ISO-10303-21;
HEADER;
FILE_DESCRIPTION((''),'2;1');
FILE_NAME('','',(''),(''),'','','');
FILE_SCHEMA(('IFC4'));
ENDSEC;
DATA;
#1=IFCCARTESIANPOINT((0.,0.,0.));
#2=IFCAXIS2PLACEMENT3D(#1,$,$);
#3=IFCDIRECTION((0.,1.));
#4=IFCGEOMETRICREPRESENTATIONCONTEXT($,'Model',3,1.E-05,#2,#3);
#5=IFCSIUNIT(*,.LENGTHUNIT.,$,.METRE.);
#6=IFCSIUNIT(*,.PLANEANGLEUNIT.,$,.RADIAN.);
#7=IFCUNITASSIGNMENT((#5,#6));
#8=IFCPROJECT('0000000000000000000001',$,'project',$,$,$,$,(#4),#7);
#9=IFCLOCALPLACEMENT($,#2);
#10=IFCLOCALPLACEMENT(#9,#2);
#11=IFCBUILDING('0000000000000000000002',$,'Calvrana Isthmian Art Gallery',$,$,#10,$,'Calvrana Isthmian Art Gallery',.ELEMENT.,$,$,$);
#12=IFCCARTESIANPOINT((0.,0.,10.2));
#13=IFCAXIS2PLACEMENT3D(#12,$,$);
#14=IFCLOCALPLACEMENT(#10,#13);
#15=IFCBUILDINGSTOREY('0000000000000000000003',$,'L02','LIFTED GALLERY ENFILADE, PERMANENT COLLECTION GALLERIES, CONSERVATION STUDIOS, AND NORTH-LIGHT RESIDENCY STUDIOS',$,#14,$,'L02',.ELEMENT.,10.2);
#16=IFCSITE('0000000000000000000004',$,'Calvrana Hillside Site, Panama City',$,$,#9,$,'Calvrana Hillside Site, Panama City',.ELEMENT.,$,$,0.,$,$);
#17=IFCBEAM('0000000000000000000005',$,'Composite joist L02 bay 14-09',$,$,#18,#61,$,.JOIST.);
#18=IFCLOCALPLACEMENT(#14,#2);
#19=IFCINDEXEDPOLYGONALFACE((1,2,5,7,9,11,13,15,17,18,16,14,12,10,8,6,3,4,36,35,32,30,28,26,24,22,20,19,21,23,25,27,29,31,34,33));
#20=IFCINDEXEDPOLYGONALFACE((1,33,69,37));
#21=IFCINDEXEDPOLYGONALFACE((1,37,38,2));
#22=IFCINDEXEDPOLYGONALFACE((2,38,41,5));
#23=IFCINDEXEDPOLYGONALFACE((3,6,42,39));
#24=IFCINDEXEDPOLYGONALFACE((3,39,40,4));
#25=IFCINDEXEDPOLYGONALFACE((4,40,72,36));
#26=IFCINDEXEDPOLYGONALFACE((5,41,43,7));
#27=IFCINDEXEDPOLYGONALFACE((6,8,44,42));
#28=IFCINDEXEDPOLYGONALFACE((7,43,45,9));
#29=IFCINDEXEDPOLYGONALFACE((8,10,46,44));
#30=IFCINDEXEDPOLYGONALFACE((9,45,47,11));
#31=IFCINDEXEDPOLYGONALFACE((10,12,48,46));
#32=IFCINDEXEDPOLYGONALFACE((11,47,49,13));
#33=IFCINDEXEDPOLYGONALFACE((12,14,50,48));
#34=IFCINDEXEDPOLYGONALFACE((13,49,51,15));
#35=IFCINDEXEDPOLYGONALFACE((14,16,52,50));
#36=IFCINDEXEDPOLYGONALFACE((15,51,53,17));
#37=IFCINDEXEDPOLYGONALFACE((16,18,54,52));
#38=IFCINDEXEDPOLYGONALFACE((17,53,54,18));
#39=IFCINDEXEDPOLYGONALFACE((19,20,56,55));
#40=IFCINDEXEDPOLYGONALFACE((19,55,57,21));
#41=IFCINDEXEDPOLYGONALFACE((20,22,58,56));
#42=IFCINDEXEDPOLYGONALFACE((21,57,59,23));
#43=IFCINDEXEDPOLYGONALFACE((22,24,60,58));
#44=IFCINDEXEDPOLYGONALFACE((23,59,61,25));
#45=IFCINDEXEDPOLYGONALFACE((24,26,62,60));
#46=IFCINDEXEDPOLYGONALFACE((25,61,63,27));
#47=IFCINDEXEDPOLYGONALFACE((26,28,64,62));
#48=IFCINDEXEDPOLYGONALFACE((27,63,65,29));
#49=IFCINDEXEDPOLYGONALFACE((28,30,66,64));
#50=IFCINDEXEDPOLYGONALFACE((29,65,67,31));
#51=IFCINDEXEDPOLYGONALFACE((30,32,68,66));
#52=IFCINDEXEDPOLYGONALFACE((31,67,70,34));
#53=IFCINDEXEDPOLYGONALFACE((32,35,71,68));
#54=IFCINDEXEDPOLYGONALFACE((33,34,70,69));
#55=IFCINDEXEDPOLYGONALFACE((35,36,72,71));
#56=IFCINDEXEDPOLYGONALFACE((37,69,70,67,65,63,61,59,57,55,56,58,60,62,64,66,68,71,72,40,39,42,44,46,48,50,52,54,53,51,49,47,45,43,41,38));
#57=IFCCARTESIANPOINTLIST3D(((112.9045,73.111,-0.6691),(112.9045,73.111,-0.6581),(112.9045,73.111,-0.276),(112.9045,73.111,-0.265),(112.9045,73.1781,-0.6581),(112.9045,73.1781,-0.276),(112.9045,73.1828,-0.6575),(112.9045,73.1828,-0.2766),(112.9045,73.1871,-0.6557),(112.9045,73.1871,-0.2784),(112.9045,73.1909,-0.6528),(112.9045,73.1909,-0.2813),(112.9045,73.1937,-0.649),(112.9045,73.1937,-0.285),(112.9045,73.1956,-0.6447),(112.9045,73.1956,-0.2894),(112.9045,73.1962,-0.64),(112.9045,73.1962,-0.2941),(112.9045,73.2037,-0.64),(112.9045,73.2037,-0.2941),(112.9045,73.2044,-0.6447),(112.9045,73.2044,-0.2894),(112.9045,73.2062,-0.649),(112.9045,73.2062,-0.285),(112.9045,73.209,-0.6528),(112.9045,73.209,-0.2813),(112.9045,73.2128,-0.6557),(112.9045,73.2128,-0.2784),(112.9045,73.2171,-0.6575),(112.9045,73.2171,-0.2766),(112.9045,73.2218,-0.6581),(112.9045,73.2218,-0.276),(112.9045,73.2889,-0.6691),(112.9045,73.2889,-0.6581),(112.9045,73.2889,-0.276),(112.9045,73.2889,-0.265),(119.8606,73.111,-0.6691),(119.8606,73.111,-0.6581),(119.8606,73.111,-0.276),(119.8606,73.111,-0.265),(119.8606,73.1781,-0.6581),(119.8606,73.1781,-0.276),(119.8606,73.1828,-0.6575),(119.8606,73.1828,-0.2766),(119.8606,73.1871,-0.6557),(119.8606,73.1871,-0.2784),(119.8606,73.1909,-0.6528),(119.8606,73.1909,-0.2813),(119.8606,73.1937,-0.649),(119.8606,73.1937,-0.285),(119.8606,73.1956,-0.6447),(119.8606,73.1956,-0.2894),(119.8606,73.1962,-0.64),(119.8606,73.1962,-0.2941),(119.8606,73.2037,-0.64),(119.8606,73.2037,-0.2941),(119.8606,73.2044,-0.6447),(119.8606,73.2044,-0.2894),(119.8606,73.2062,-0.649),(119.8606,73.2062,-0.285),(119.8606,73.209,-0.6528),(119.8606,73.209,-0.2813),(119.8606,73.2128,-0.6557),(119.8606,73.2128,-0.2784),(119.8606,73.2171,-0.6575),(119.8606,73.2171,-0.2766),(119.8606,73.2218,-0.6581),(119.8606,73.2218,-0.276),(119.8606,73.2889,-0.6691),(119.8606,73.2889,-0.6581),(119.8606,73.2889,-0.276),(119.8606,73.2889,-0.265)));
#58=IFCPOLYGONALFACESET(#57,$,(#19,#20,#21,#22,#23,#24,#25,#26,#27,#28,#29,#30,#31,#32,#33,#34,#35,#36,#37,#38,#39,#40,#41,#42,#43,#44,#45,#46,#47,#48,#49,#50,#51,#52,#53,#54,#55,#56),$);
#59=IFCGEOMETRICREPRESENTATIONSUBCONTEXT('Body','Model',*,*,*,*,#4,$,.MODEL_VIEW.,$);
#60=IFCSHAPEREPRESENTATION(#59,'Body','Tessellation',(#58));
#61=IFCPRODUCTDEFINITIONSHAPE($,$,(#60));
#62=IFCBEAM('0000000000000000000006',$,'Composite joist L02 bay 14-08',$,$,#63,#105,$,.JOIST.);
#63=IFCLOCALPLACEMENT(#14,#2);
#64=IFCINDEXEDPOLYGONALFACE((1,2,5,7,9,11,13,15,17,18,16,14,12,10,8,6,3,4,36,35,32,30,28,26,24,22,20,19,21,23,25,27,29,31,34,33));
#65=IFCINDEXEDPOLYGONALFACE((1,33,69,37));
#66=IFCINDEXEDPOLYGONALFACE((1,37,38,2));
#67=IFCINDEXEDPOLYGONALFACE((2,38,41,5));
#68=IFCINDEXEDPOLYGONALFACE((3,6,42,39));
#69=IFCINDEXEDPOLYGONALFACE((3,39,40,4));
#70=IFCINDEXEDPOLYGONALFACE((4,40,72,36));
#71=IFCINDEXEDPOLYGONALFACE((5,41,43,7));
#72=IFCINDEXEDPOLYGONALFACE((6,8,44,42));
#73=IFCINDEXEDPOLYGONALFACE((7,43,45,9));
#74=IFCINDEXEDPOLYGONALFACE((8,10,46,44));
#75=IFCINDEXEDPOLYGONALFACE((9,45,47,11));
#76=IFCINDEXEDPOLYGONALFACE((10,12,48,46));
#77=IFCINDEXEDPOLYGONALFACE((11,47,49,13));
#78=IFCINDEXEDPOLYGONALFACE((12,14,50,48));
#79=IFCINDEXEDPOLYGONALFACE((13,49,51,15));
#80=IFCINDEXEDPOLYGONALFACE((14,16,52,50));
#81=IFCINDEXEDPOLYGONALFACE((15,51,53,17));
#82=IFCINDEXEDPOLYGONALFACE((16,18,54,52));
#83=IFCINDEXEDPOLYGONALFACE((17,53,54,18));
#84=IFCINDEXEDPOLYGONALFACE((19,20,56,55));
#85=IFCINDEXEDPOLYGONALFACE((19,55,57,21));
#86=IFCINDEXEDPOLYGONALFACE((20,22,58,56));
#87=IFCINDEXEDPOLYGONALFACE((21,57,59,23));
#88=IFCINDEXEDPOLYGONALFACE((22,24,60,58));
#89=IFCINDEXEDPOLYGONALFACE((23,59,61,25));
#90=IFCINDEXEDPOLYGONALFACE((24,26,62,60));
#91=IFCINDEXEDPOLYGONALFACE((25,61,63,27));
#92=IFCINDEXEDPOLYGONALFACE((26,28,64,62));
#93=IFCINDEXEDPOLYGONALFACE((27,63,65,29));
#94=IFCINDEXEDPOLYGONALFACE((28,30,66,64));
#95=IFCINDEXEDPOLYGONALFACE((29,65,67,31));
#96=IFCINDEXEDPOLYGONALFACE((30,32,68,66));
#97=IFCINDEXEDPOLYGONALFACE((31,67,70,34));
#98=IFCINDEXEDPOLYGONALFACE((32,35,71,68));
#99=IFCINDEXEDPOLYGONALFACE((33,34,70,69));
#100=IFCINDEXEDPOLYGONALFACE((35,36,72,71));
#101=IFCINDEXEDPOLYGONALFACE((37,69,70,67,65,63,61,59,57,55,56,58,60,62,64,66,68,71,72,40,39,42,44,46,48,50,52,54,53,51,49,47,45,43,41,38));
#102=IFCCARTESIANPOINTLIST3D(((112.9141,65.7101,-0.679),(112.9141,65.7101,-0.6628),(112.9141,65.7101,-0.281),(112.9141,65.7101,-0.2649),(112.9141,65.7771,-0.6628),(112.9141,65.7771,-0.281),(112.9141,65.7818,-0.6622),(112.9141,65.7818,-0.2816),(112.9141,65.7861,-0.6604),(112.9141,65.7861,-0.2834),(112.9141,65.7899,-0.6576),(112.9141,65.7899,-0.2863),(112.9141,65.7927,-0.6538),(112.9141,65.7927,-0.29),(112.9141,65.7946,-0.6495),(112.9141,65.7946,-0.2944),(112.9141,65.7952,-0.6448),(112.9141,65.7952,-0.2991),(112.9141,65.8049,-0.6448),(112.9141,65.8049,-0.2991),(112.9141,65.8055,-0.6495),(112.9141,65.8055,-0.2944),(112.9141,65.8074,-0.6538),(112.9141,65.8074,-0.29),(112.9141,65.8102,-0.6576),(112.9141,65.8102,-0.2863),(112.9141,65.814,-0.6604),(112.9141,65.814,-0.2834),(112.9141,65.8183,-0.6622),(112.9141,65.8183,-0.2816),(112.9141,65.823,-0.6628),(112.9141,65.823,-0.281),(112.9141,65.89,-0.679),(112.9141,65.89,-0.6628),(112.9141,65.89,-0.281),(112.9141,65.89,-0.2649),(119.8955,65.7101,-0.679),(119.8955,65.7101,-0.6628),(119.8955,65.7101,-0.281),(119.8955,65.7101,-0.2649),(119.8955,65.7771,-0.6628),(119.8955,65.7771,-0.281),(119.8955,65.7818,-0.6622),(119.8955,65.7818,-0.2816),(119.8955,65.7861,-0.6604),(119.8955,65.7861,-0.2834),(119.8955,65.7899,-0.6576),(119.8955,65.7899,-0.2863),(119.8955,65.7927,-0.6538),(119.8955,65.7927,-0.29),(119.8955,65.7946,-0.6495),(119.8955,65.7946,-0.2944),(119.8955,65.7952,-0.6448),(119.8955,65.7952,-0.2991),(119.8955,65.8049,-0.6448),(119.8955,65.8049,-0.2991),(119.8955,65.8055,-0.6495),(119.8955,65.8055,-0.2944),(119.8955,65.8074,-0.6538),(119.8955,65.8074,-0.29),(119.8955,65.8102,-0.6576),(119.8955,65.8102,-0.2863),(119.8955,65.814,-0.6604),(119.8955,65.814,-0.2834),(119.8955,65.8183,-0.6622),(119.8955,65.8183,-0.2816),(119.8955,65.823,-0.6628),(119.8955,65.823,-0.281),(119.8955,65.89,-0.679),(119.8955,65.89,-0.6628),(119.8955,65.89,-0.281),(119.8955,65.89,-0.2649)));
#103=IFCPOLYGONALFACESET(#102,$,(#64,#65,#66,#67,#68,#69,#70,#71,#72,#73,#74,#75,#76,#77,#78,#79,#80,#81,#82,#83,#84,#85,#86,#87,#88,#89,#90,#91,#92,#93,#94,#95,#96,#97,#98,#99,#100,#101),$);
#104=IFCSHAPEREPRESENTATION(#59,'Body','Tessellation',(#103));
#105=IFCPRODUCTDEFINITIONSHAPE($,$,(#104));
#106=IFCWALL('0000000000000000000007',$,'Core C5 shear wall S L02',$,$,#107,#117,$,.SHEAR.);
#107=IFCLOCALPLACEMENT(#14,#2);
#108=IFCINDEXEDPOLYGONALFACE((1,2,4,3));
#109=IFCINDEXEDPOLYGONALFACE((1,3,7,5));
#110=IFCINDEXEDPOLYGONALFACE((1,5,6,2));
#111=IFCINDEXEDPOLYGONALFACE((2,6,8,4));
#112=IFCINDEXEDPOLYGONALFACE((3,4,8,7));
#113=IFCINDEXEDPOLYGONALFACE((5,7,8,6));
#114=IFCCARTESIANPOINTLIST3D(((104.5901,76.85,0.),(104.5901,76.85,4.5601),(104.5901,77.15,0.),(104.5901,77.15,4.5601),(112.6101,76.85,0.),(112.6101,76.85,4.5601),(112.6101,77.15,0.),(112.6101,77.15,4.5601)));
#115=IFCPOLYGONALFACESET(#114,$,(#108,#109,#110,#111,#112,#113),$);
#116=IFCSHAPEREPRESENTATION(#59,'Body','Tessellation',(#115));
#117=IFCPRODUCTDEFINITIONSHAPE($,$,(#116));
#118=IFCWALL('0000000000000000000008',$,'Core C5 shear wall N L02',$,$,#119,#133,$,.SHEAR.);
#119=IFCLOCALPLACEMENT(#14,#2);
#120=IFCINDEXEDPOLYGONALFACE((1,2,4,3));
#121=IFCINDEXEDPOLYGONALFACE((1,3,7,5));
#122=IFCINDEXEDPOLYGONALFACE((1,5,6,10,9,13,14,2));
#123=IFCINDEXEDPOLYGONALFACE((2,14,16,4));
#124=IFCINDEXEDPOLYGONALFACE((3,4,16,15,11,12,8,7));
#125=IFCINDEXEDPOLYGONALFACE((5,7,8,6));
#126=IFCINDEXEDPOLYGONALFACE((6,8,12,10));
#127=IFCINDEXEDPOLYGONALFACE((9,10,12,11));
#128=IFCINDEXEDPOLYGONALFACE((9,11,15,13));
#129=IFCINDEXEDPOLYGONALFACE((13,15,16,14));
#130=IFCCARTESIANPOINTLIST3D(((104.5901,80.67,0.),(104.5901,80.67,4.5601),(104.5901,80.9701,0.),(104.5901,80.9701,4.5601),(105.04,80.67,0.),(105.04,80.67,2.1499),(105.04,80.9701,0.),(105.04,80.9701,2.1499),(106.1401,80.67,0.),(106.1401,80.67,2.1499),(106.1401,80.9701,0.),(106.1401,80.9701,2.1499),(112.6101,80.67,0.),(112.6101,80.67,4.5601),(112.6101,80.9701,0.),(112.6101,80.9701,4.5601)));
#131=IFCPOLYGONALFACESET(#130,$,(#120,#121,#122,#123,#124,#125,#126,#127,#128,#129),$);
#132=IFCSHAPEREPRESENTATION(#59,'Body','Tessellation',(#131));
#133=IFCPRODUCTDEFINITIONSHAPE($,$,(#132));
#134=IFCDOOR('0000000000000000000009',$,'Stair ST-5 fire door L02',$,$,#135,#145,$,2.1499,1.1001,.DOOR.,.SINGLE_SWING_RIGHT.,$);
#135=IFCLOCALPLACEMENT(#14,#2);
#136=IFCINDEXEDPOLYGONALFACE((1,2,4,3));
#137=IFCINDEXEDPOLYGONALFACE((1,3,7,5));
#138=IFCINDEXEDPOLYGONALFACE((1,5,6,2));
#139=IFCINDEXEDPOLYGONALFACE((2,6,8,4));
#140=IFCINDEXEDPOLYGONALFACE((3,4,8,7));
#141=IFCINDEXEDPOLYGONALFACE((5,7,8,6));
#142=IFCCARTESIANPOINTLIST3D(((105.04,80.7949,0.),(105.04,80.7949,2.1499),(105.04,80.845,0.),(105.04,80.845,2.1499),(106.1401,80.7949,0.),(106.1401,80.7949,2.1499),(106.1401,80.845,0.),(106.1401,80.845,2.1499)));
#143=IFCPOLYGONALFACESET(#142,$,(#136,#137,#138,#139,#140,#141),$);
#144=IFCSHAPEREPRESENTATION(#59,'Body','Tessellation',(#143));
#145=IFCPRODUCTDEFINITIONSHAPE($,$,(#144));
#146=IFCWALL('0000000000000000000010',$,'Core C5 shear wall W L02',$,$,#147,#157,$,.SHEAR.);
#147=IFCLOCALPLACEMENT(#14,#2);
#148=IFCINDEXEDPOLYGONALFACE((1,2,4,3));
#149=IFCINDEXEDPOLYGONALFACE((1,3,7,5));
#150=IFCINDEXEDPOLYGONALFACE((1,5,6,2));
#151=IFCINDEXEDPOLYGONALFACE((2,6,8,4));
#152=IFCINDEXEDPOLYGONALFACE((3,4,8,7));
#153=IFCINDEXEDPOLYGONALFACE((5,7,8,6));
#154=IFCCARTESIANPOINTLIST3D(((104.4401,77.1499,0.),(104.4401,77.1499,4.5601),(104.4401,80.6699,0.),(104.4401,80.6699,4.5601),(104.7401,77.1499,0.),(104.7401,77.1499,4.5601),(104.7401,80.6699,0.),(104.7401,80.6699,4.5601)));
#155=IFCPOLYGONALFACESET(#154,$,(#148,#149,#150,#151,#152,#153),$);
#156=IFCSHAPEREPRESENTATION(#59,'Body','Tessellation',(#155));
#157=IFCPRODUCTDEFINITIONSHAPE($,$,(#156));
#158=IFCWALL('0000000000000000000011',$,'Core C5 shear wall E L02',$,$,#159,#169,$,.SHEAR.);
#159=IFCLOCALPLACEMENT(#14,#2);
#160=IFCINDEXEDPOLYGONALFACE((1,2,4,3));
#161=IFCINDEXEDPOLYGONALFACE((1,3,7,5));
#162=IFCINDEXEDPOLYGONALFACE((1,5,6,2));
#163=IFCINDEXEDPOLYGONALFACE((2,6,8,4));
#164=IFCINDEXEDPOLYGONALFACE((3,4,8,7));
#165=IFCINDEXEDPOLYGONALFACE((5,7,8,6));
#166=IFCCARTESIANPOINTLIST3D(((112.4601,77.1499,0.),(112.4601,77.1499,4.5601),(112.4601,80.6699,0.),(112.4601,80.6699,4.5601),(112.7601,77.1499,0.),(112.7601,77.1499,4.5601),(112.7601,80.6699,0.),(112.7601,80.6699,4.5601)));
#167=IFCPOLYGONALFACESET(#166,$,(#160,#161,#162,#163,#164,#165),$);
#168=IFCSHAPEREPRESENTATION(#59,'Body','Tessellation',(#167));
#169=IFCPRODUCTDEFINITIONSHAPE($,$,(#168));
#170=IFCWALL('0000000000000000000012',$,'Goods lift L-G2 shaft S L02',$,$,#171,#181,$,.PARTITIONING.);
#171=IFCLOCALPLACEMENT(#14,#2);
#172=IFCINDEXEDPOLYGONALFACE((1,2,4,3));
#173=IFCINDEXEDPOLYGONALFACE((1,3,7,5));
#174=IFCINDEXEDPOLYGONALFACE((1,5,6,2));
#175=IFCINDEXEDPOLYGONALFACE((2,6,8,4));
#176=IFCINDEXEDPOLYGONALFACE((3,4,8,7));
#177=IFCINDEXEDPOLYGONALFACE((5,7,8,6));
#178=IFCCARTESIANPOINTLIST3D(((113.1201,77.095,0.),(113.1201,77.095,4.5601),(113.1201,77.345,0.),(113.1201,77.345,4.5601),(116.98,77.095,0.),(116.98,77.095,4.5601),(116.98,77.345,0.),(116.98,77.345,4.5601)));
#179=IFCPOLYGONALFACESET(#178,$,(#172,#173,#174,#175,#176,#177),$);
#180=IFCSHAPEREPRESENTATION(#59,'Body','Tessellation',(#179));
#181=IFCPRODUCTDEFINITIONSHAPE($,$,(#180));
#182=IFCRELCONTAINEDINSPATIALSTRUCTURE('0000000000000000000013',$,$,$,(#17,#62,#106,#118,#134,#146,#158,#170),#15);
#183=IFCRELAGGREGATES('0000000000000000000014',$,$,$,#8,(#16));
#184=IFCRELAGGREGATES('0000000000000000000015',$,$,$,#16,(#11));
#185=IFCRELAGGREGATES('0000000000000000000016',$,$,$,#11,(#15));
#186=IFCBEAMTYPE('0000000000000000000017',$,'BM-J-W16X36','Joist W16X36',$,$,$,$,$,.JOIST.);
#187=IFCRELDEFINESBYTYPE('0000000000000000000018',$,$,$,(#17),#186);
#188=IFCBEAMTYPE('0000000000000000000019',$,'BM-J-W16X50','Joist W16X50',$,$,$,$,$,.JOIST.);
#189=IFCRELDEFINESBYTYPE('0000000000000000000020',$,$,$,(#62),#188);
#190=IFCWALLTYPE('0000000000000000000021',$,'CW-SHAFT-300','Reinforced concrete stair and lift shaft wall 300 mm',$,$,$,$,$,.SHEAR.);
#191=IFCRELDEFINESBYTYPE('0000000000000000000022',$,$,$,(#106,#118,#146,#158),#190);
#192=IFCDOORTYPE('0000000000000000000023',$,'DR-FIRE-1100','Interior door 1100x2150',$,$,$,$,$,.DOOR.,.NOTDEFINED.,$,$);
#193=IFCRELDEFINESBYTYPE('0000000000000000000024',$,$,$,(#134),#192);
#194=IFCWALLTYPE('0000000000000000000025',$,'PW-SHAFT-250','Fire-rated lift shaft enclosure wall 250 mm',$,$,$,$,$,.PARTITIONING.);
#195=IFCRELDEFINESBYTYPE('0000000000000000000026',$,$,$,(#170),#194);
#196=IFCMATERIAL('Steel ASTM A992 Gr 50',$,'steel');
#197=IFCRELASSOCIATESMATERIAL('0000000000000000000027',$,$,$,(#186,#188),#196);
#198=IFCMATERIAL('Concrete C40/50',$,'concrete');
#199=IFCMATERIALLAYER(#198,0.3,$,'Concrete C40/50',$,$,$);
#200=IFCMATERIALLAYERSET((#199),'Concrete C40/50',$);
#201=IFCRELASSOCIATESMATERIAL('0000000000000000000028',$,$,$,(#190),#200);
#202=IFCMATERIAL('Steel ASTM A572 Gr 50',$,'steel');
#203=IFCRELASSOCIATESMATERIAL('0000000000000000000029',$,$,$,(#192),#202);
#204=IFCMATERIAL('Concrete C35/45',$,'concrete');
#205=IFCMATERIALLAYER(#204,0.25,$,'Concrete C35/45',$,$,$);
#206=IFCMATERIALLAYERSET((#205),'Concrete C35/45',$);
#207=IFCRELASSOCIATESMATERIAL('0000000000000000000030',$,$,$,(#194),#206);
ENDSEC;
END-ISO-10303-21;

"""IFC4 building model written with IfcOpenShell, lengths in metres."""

from ifc_helpers import new_model, si_unit, direction, frame, frame_2d, origin, origin_2d, place, context, subcontext, project, spatial, rectangle, i_section, extrude, material, layer, layer_set, material_profile, profile_set, type_object, element, fill, save


model = new_model("IFC4")

# Units and contexts
model_context = context("Model", 3, precision=1e-05, world=origin(), true_north=direction((0.0, 1.0)))
body_context = subcontext(model_context, "Body", "Model", "MODEL_VIEW")
ifc_project = project(units=[si_unit("LENGTHUNIT", "METRE"), si_unit("PLANEANGLEUNIT", "RADIAN")], contexts=[model_context])

# Site, building, storey
site_placement = place(None, origin())
site = spatial("IfcSite", under=ifc_project, at=site_placement, Name="Calvrana Hillside Site, Panama City", LongName="Calvrana Hillside Site, Panama City", CompositionType="ELEMENT", RefElevation=0.0)
building_placement = place(site_placement, origin())
building = spatial("IfcBuilding", under=site, at=building_placement, Name="Calvrana Isthmian Art Gallery", LongName="Calvrana Isthmian Art Gallery", CompositionType="ELEMENT")
storey_placement = place(building_placement, frame((0.0, 0.0, 10.2)))
storey = spatial("IfcBuildingStorey", under=building, at=storey_placement, Name="L02", Description="LIFTED GALLERY ENFILADE, PERMANENT COLLECTION GALLERIES, CONSERVATION STUDIOS, AND NORTH-LIGHT RESIDENCY STUDIOS", LongName="L02", CompositionType="ELEMENT", Elevation=10.2)

# Shared definitions
ifc_material_1 = material(Name="Steel ASTM A992 Gr 50", Category="steel")

# Beams
ifc_material_profile_1 = material_profile(ifc_material_1, i_section(OverallWidth=0.178, OverallDepth=0.4041, WebThickness=0.0076, FlangeThickness=0.011, FilletRadius=0.0181, at=origin_2d()), Name="W16X36")
ifc_profile_set_1 = profile_set([ifc_material_profile_1], Name="Steel ASTM A992 Gr 50")
beam_type_1 = type_object("IfcBeamType", Name="BM-J-W16X36", Description="Joist W16X36", PredefinedType="JOIST", material=ifc_profile_set_1)
beam_1_placement = place(storey_placement, frame((112.9045, 73.2, -0.467), z_axis=(1.0, 0.0, 0.0), x_axis=(0.0, 1.0, 0.0)))
element("IfcBeam", 1, at=beam_1_placement, inside=storey, type_object=beam_type_1, Name="Composite joist L02 bay 14-09", PredefinedType="JOIST", context=body_context, shape_type="SweptSolid", body=[
    extrude(i_section(OverallWidth=0.178, OverallDepth=0.4041, WebThickness=0.0076, FlangeThickness=0.011, FilletRadius=0.0181, at=origin_2d()), origin(), (0.0, 0.0, 1.0), 6.9561),
])
ifc_material_profile_2 = material_profile(ifc_material_1, i_section(OverallWidth=0.1799, OverallDepth=0.4141, WebThickness=0.0098, FlangeThickness=0.0161, FilletRadius=0.0181, at=origin_2d()), Name="W16X50")
ifc_profile_set_2 = profile_set([ifc_material_profile_2], Name="Steel ASTM A992 Gr 50")
beam_type_2 = type_object("IfcBeamType", Name="BM-J-W16X50", Description="Joist W16X50", PredefinedType="JOIST", material=ifc_profile_set_2)
beam_2_placement = place(storey_placement, frame((112.9141, 65.8, -0.4719), z_axis=(1.0, 0.0, 0.0), x_axis=(0.0, 1.0, 0.0)))
element("IfcBeam", 2, at=beam_2_placement, inside=storey, type_object=beam_type_2, Name="Composite joist L02 bay 14-08", PredefinedType="JOIST", context=body_context, shape_type="SweptSolid", body=[
    extrude(i_section(OverallWidth=0.1799, OverallDepth=0.4141, WebThickness=0.0098, FlangeThickness=0.0161, FilletRadius=0.0181, at=origin_2d()), origin(), (0.0, 0.0, 1.0), 6.9814),
])

# Wall
ifc_material_2 = material(Name="Concrete C40/50", Category="concrete")
ifc_layer_1 = layer(ifc_material_2, 0.3, Name="Concrete C40/50")
ifc_layer_set_1 = layer_set([ifc_layer_1], Name="Concrete C40/50")
wall_type_1 = type_object("IfcWallType", Name="CW-SHAFT-300", Description="Reinforced concrete stair and lift shaft wall 300 mm", PredefinedType="SHEAR", material=ifc_layer_set_1)
wall_1_placement = place(storey_placement, frame((104.5901, 77.0, 0.0), z_axis=(0.0, 0.0, 1.0), x_axis=(1.0, 0.0, 0.0)))
element("IfcWall", 3, at=wall_1_placement, inside=storey, type_object=wall_type_1, Name="Core C5 shear wall S L02", PredefinedType="SHEAR", context=body_context, shape_type="SweptSolid", body=[
    extrude(rectangle(XDim=8.02, YDim=0.3, at=frame_2d((4.01, 0.0))), origin(), (0.0, 0.0, 1.0), 4.5601),
])

# Wall, opening, door
wall_2_placement = place(storey_placement, frame((104.5901, 80.8201, 0.0), z_axis=(0.0, 0.0, 1.0), x_axis=(1.0, 0.0, 0.0)))
wall_2 = element("IfcWall", 4, at=wall_2_placement, inside=storey, type_object=wall_type_1, Name="Core C5 shear wall N L02", PredefinedType="SHEAR", context=body_context, shape_type="SweptSolid", body=[
    extrude(rectangle(XDim=8.02, YDim=0.3, at=frame_2d((4.01, 0.0))), origin(), (0.0, 0.0, 1.0), 4.5601),
])
opening_placement = place(wall_2_placement, frame((0.45, 0.0, 0.0)))
opening = element("IfcOpeningElement", 5, at=opening_placement, cuts=wall_2, PredefinedType="OPENING", context=body_context, shape_type="SweptSolid", body=[
    extrude(rectangle(XDim=1.1001, YDim=2.1499, at=frame_2d((0.55, 1.075))), frame((0.0, 0.1602, 0.0), z_axis=(0.0, -1.0, 0.0), x_axis=(1.0, 0.0, 0.0)), (0.0, 0.0, 1.0), 0.3206),
])
ifc_material_3 = material(Name="Steel ASTM A572 Gr 50", Category="steel")
door_type = type_object("IfcDoorType", Name="DR-FIRE-1100", Description="Interior door 1100x2150", OperationType="NOTDEFINED", PredefinedType="DOOR", material=ifc_material_3)
door_placement = place(opening_placement, origin())
door = element("IfcDoor", 6, at=door_placement, inside=storey, type_object=door_type, Name="Stair ST-5 fire door L02", OperationType="SINGLE_SWING_RIGHT", OverallHeight=2.1499, OverallWidth=1.1001, PredefinedType="DOOR", context=body_context, shape_type="SweptSolid", body=[
    extrude(rectangle(XDim=1.1001, YDim=2.1499, at=frame_2d((0.55, 1.075))), frame((0.0, 0.0249, 0.0), z_axis=(0.0, -1.0, 0.0), x_axis=(1.0, 0.0, 0.0)), (0.0, 0.0, 1.0), 0.05),
])
fill(opening, door)

# Walls
for number, where, z_axis, x_axis, name in (
    (7, (104.5901, 77.1499, 0.0), (0.0, 0.0, 1.0), (0.0, 1.0, 0.0), "Core C5 shear wall W L02"),
    (8, (112.6101, 77.1499, 0.0), (0.0, 0.0, 1.0), (0.0, 1.0, 0.0), "Core C5 shear wall E L02"),
):
    element("IfcWall", number, at=place(storey_placement, frame(where, z_axis=z_axis, x_axis=x_axis)), inside=storey, type_object=wall_type_1, Name=name, PredefinedType="SHEAR", context=body_context, shape_type="SweptSolid", body=[
        extrude(rectangle(XDim=3.52, YDim=0.3, at=frame_2d((1.76, 0.0))), origin(), (0.0, 0.0, 1.0), 4.5601),
    ])
ifc_material_4 = material(Name="Concrete C35/45", Category="concrete")
ifc_layer_2 = layer(ifc_material_4, 0.25, Name="Concrete C35/45")
ifc_layer_set_2 = layer_set([ifc_layer_2], Name="Concrete C35/45")
wall_type_2 = type_object("IfcWallType", Name="PW-SHAFT-250", Description="Fire-rated lift shaft enclosure wall 250 mm", PredefinedType="PARTITIONING", material=ifc_layer_set_2)
wall_3_placement = place(storey_placement, frame((113.1201, 77.22, 0.0), z_axis=(0.0, 0.0, 1.0), x_axis=(1.0, 0.0, 0.0)))
element("IfcWall", 9, at=wall_3_placement, inside=storey, type_object=wall_type_2, Name="Goods lift L-G2 shaft S L02", PredefinedType="PARTITIONING", context=body_context, shape_type="SweptSolid", body=[
    extrude(rectangle(XDim=3.8599, YDim=0.25, at=frame_2d((1.9299, 0.0))), origin(), (0.0, 0.0, 1.0), 4.5601),
])

save(model, "model.ifc")
